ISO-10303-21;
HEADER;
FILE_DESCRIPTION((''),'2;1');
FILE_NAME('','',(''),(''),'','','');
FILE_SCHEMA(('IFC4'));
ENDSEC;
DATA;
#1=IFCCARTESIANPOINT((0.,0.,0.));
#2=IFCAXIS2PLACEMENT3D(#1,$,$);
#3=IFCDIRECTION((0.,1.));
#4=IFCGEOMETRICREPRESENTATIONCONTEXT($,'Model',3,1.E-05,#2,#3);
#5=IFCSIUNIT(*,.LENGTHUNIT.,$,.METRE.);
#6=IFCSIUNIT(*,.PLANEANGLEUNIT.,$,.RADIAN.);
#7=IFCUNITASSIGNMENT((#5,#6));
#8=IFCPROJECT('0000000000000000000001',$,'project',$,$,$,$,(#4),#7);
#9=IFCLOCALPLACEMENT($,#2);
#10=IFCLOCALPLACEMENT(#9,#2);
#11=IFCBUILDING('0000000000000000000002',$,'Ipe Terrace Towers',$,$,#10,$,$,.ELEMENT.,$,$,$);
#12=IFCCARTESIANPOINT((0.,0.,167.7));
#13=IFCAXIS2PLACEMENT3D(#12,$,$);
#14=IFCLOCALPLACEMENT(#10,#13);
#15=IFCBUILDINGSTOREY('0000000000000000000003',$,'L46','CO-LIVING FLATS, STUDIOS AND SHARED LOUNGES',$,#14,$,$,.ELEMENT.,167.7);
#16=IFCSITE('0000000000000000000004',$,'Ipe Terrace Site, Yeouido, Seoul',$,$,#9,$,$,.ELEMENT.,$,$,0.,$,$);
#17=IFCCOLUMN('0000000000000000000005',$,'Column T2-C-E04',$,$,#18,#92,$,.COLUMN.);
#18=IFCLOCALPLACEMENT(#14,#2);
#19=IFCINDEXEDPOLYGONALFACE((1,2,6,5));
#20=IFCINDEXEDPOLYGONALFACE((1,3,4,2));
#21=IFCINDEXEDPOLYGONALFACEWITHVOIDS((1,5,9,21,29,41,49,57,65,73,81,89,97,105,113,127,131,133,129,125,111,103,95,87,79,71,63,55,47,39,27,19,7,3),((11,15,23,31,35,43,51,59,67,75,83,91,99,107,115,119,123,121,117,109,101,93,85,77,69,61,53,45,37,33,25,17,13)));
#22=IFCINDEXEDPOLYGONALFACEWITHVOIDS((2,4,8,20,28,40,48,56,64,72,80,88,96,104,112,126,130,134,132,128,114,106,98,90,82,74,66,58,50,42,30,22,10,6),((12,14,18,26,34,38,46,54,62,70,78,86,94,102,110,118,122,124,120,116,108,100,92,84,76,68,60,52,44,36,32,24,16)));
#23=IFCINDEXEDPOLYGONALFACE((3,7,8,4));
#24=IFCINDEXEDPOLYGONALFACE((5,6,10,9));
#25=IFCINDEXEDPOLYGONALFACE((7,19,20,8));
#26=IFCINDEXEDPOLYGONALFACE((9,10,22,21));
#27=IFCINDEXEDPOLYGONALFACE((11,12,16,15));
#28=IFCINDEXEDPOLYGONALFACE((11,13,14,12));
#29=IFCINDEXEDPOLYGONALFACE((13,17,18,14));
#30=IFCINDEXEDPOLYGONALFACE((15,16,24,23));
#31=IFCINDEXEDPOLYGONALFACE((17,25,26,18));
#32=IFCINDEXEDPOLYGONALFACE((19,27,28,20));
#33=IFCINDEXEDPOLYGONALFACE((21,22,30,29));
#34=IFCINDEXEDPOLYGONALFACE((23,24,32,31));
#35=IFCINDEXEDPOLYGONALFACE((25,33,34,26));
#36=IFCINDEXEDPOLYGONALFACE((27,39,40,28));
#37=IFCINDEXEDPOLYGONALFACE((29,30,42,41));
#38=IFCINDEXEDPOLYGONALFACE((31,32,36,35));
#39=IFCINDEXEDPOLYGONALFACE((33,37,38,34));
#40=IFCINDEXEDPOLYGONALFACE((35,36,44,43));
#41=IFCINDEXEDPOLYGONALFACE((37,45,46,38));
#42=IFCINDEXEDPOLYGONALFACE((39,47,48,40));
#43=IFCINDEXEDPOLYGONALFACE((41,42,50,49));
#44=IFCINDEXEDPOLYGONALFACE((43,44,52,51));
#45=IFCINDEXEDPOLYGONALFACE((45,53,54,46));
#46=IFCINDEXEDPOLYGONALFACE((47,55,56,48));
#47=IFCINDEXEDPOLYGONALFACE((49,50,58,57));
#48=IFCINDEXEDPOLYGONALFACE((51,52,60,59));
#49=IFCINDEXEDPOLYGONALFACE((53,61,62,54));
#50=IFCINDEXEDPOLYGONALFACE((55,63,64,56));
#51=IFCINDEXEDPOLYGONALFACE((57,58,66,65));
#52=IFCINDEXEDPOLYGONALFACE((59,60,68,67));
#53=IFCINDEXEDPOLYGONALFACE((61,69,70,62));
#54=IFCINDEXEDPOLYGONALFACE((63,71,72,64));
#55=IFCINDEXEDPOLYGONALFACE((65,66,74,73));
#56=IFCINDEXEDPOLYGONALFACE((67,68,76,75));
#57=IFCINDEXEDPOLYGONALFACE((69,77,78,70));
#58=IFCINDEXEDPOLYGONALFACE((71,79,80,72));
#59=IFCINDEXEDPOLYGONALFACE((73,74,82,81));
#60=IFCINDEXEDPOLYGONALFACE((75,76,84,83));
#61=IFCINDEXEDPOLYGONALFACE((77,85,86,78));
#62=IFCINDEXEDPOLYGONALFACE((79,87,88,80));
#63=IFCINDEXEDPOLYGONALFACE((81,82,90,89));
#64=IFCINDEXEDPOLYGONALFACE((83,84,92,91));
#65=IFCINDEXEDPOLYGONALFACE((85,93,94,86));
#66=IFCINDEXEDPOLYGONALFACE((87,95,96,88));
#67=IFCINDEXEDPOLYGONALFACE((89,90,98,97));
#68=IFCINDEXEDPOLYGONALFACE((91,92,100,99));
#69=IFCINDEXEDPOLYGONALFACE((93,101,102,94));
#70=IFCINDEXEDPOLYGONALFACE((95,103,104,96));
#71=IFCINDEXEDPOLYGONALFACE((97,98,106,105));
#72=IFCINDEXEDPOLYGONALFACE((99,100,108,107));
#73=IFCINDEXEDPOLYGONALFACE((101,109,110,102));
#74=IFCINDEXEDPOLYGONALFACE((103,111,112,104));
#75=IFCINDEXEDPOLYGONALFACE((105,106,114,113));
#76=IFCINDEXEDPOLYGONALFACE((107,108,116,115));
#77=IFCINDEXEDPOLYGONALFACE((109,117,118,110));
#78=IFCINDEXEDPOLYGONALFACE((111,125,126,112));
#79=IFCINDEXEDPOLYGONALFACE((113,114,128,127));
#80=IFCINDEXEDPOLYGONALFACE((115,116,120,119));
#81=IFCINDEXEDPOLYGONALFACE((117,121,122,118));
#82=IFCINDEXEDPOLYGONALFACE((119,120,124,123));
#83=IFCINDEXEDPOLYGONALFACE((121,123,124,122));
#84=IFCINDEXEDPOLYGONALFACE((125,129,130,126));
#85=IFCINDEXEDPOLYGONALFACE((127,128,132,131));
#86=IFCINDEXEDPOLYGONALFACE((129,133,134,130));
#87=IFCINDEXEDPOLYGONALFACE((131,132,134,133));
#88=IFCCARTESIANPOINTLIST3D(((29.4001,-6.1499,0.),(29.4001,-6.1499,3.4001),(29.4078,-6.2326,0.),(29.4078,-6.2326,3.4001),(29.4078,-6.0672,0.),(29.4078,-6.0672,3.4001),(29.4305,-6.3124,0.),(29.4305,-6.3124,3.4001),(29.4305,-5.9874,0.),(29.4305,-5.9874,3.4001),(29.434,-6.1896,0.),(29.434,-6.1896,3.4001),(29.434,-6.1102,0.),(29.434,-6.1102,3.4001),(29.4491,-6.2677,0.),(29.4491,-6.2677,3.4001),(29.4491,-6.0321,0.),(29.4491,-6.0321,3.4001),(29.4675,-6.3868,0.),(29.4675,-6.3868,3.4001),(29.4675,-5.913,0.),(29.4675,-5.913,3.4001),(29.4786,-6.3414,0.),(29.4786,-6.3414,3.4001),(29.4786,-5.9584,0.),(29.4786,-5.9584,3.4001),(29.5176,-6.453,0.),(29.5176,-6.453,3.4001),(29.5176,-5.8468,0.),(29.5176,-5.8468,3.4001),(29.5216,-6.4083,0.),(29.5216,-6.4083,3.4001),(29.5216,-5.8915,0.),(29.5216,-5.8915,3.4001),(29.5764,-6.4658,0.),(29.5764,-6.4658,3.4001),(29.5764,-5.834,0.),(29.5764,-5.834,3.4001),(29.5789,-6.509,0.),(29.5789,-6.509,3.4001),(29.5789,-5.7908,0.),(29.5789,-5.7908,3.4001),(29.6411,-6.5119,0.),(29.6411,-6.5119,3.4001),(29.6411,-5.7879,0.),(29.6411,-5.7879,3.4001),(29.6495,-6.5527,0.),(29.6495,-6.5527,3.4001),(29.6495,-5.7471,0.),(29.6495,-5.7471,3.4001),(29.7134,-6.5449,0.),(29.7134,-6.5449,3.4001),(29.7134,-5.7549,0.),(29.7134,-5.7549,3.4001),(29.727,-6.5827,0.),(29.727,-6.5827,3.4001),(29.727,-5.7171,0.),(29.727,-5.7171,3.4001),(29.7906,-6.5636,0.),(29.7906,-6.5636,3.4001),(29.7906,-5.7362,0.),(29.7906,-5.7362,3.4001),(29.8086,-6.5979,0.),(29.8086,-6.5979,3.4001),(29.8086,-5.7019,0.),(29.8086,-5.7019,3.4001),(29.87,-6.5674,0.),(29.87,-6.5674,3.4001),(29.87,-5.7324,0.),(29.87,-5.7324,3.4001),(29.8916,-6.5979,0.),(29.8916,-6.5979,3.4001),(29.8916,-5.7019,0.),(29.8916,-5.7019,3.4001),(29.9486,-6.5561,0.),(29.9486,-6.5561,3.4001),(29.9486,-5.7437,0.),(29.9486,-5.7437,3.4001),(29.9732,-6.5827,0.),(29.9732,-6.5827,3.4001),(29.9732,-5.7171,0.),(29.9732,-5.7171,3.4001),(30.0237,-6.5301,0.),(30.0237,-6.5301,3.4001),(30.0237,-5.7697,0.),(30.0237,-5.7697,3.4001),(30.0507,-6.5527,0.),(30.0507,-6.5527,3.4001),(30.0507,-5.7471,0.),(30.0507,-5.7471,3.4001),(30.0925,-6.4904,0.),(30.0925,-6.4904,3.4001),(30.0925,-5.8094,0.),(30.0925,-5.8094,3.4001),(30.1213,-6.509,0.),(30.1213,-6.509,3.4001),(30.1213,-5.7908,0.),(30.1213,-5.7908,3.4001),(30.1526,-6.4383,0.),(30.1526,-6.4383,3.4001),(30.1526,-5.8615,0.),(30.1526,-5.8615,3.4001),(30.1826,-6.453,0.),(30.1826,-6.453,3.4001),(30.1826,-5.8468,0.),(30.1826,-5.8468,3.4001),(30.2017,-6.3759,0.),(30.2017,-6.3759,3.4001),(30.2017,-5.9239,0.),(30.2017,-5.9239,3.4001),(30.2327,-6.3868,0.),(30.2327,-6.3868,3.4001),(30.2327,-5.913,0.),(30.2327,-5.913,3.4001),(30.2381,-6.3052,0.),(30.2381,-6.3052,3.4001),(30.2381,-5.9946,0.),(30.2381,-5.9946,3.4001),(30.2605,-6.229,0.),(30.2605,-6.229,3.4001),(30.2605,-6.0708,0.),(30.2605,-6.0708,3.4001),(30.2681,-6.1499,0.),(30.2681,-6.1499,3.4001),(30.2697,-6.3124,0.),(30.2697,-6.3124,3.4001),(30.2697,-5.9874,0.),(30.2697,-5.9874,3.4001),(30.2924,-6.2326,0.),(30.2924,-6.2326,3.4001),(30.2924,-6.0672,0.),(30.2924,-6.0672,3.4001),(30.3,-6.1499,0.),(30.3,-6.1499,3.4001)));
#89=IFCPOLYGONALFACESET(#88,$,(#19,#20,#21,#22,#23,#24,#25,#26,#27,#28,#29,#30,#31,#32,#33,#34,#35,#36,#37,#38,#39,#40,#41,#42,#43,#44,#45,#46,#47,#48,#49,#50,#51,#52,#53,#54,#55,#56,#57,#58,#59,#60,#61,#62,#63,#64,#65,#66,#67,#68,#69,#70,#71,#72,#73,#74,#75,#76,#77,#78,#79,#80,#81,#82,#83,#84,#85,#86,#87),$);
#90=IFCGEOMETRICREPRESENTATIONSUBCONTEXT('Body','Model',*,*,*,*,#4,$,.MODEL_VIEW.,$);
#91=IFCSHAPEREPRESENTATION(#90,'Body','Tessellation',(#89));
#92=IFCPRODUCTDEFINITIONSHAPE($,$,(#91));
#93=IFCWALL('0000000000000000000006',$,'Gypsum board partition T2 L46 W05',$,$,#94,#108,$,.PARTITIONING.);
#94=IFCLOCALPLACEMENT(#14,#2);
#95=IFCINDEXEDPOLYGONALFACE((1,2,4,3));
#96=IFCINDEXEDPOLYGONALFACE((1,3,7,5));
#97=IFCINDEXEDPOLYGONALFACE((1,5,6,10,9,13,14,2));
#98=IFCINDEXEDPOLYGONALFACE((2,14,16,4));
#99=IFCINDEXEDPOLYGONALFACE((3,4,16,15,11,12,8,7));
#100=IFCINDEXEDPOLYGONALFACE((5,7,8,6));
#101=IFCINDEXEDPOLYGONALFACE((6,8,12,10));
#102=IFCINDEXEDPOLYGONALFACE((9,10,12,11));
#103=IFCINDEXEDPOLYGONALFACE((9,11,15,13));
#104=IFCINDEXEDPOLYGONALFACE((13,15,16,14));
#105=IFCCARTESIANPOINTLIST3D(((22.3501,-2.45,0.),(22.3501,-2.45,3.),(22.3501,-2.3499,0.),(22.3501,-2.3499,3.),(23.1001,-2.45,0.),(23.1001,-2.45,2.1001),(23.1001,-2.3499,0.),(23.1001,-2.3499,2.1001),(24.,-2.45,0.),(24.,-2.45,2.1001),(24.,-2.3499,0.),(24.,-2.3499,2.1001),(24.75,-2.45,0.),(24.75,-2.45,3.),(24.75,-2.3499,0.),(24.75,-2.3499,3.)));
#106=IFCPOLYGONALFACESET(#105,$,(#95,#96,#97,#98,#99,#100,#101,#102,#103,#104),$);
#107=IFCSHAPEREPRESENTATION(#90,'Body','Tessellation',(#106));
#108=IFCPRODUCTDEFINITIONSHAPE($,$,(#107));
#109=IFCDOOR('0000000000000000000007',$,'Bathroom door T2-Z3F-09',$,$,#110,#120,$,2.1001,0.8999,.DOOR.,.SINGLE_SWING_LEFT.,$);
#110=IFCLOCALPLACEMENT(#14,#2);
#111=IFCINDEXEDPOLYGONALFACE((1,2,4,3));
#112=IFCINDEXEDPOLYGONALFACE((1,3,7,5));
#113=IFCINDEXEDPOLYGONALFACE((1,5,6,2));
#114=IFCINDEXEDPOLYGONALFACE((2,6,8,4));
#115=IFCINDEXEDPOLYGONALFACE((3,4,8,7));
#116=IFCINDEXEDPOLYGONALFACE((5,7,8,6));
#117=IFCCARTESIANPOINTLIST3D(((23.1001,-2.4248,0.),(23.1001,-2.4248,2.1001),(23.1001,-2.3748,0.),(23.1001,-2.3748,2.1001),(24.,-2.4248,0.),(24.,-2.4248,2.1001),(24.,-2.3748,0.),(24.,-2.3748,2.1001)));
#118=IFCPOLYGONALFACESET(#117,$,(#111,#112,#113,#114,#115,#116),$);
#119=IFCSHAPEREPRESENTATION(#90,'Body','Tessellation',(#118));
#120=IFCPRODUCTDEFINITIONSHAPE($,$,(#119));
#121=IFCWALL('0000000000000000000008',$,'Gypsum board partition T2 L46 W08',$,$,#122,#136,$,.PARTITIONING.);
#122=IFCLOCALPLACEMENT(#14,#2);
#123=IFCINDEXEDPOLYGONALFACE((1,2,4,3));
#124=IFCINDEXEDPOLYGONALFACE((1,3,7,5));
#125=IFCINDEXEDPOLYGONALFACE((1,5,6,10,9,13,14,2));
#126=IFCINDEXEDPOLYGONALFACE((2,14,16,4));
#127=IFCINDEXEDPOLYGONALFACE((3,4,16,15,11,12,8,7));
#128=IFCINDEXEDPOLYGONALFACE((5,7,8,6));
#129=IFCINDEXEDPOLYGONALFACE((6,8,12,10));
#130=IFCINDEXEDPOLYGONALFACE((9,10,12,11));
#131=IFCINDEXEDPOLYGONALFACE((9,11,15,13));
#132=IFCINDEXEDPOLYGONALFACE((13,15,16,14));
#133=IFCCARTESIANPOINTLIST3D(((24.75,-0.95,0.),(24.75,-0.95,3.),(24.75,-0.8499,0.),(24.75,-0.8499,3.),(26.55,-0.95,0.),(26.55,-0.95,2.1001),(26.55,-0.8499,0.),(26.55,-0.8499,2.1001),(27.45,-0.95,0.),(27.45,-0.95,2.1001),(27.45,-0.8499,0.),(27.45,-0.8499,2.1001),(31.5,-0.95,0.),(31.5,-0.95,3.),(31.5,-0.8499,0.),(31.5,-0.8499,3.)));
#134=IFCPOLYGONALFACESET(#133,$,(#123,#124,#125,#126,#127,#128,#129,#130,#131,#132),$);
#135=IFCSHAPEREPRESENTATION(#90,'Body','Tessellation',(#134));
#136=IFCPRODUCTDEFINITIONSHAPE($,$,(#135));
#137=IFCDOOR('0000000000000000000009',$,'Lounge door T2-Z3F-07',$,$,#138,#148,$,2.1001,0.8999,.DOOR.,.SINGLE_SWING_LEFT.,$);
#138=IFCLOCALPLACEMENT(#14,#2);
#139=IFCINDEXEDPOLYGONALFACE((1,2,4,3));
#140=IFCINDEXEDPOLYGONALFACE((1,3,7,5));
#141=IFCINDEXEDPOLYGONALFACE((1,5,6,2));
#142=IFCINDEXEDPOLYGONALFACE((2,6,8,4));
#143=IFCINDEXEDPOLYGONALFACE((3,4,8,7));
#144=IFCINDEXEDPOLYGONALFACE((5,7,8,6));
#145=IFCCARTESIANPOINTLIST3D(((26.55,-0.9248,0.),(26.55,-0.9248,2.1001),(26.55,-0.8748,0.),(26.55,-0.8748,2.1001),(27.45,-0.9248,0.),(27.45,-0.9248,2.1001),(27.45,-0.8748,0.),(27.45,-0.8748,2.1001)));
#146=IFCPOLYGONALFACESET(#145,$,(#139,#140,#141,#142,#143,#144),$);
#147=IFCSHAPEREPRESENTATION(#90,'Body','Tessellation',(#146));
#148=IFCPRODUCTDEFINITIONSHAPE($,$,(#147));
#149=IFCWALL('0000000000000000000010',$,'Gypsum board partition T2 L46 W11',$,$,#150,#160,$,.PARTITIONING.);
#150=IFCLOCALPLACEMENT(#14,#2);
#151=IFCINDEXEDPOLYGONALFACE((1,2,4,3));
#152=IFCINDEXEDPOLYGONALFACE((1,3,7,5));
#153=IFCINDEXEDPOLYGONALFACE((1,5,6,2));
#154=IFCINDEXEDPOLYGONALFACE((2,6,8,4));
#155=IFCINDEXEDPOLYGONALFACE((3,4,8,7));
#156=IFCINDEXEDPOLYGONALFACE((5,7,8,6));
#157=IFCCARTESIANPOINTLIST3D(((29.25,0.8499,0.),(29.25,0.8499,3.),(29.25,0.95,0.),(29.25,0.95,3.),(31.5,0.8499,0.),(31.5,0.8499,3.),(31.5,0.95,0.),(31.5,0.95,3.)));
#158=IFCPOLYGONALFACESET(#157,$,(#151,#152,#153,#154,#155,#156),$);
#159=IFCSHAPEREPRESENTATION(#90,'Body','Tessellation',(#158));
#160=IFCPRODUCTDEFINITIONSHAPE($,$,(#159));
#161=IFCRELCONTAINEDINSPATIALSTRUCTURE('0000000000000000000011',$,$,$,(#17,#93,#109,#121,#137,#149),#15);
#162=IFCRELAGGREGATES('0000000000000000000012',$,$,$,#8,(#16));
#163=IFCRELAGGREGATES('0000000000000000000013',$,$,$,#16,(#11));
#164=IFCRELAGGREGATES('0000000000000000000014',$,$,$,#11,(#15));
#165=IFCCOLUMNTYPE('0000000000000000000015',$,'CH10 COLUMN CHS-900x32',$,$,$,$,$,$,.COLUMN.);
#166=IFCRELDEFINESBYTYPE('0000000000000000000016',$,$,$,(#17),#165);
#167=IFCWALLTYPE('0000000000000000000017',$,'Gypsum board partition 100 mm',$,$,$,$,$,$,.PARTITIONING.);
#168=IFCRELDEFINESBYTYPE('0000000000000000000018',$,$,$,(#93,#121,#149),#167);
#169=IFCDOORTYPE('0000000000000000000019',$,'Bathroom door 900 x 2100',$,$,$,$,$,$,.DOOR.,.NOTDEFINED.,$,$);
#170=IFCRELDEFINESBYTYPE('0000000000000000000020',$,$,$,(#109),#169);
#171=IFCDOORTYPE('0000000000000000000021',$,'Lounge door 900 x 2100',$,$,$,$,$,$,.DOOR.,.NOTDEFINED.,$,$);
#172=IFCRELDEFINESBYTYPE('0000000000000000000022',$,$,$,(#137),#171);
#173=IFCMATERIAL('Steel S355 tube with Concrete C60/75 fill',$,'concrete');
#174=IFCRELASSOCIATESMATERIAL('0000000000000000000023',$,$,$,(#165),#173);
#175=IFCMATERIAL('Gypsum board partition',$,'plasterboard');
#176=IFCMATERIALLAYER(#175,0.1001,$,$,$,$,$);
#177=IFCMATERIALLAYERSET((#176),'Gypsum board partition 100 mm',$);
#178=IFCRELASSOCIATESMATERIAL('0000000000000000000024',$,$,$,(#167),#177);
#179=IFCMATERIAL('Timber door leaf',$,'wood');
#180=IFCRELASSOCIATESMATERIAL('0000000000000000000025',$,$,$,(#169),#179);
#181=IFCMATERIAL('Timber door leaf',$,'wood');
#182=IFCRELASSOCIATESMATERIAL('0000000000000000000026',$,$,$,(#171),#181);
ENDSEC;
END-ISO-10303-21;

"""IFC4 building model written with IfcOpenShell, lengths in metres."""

from ifc_helpers import new_model, si_unit, direction, frame, frame_2d, origin, origin_2d, place, context, subcontext, project, spatial, rectangle, hollow_circle, extrude, material, layer, layer_set, material_profile, profile_set, type_object, element, fill, save


model = new_model("IFC4")

# Units and contexts
model_context = context("Model", 3, precision=1e-05, world=origin(), true_north=direction((0.0, 1.0)))
body_context = subcontext(model_context, "Body", "Model", "MODEL_VIEW")
ifc_project = project(units=[si_unit("LENGTHUNIT", "METRE"), si_unit("PLANEANGLEUNIT", "RADIAN")], contexts=[model_context])

# Site, building, storey
site_placement = place(None, origin())
site = spatial("IfcSite", under=ifc_project, at=site_placement, Name="Ipe Terrace Site, Yeouido, Seoul", CompositionType="ELEMENT", RefElevation=0.0)
building_placement = place(site_placement, origin())
building = spatial("IfcBuilding", under=site, at=building_placement, Name="Ipe Terrace Towers", CompositionType="ELEMENT")
storey_placement = place(building_placement, frame((0.0, 0.0, 167.7)))
storey = spatial("IfcBuildingStorey", under=building, at=storey_placement, Name="L46", Description="CO-LIVING FLATS, STUDIOS AND SHARED LOUNGES", CompositionType="ELEMENT", Elevation=167.7)

# Column
ifc_material_1 = material(Name="Steel S355 tube with Concrete C60/75 fill", Category="concrete")
ifc_material_profile = material_profile(ifc_material_1, hollow_circle(Radius=0.45, WallThickness=0.032, at=origin_2d()), Name="CHS-900x32")
ifc_profile_set = profile_set([ifc_material_profile], Name="Steel S355 tube with Concrete C60/75 fill")
column_type = type_object("IfcColumnType", Name="CH10 COLUMN CHS-900x32", PredefinedType="COLUMN", material=ifc_profile_set)
column_placement = place(storey_placement, frame((29.8501, -6.1499, 0.0), z_axis=(0.0, 0.0, 1.0), x_axis=(1.0, 0.0, 0.0)))
element("IfcColumn", 1, at=column_placement, inside=storey, type_object=column_type, Name="Column T2-C-E04", PredefinedType="COLUMN", context=body_context, shape_type="SweptSolid", body=[
    extrude(hollow_circle(Radius=0.45, WallThickness=0.032, at=origin_2d()), origin(), (0.0, 0.0, 1.0), 3.4001),
])

# Walls, openings, doors
ifc_material_2 = material(Name="Gypsum board partition", Category="plasterboard")
ifc_layer_1 = layer(ifc_material_2, 0.1001)
ifc_layer_set_1 = layer_set([ifc_layer_1], Name="Gypsum board partition 100 mm")
wall_type_1 = type_object("IfcWallType", Name="Gypsum board partition 100 mm", PredefinedType="PARTITIONING", material=ifc_layer_set_1)
wall_1_placement = place(storey_placement, frame((24.75, -2.3999, 0.0), z_axis=(0.0, 0.0, 1.0), x_axis=(-1.0, 0.0, 0.0)))
wall_1 = element("IfcWall", 2, at=wall_1_placement, inside=storey, type_object=wall_type_1, Name="Gypsum board partition T2 L46 W05", PredefinedType="PARTITIONING", context=body_context, shape_type="SweptSolid", body=[
    extrude(rectangle(XDim=2.3999, YDim=0.1001, at=frame_2d((1.2, 0.0))), origin(), (0.0, 0.0, 1.0), 3.0),
])
opening_1_placement = place(wall_1_placement, frame((0.75, 0.0, 0.0)))
opening_1 = element("IfcOpeningElement", 3, at=opening_1_placement, cuts=wall_1, PredefinedType="OPENING", context=body_context, shape_type="SweptSolid", body=[
    extrude(rectangle(XDim=0.8999, YDim=2.1001, at=frame_2d((0.45, 1.05))), frame((0.0, 0.0601, 0.0), z_axis=(0.0, -1.0, 0.0), x_axis=(1.0, 0.0, 0.0)), (0.0, 0.0, 1.0), 0.1201),
])
ifc_material_3 = material(Name="Timber door leaf", Category="wood")
door_type_1 = type_object("IfcDoorType", Name="Bathroom door 900 x 2100", OperationType="NOTDEFINED", PredefinedType="DOOR", material=ifc_material_3)
door_1_placement = place(opening_1_placement, origin())
door_1 = element("IfcDoor", 4, at=door_1_placement, inside=storey, type_object=door_type_1, Name="Bathroom door T2-Z3F-09", OperationType="SINGLE_SWING_LEFT", OverallHeight=2.1001, OverallWidth=0.8999, PredefinedType="DOOR", context=body_context, shape_type="SweptSolid", body=[
    extrude(rectangle(XDim=0.8999, YDim=2.1001, at=frame_2d((0.45, 1.05))), frame((0.0, 0.0249, 0.0), z_axis=(0.0, -1.0, 0.0), x_axis=(1.0, 0.0, 0.0)), (0.0, 0.0, 1.0), 0.05),
])
fill(opening_1, door_1)
wall_2_placement = place(storey_placement, frame((31.5, -0.8999, 0.0), z_axis=(0.0, 0.0, 1.0), x_axis=(-1.0, 0.0, 0.0)))
wall_2 = element("IfcWall", 5, at=wall_2_placement, inside=storey, type_object=wall_type_1, Name="Gypsum board partition T2 L46 W08", PredefinedType="PARTITIONING", context=body_context, shape_type="SweptSolid", body=[
    extrude(rectangle(XDim=6.75, YDim=0.1001, at=frame_2d((3.375, 0.0))), origin(), (0.0, 0.0, 1.0), 3.0),
])
opening_2_placement = place(wall_2_placement, frame((4.05, 0.0, 0.0)))
opening_2 = element("IfcOpeningElement", 6, at=opening_2_placement, cuts=wall_2, PredefinedType="OPENING", context=body_context, shape_type="SweptSolid", body=[
    extrude(rectangle(XDim=0.8999, YDim=2.1001, at=frame_2d((0.45, 1.05))), frame((0.0, 0.0601, 0.0), z_axis=(0.0, -1.0, 0.0), x_axis=(1.0, 0.0, 0.0)), (0.0, 0.0, 1.0), 0.1201),
])
ifc_material_4 = material(Name="Timber door leaf", Category="wood")
door_type_2 = type_object("IfcDoorType", Name="Lounge door 900 x 2100", OperationType="NOTDEFINED", PredefinedType="DOOR", material=ifc_material_4)
door_2_placement = place(opening_2_placement, origin())
door_2 = element("IfcDoor", 7, at=door_2_placement, inside=storey, type_object=door_type_2, Name="Lounge door T2-Z3F-07", OperationType="SINGLE_SWING_LEFT", OverallHeight=2.1001, OverallWidth=0.8999, PredefinedType="DOOR", context=body_context, shape_type="SweptSolid", body=[
    extrude(rectangle(XDim=0.8999, YDim=2.1001, at=frame_2d((0.45, 1.05))), frame((0.0, 0.0249, 0.0), z_axis=(0.0, -1.0, 0.0), x_axis=(1.0, 0.0, 0.0)), (0.0, 0.0, 1.0), 0.05),
])
fill(opening_2, door_2)

# Wall
wall_3_placement = place(storey_placement, frame((31.5, 0.8999, 0.0), z_axis=(0.0, 0.0, 1.0), x_axis=(-1.0, 0.0, 0.0)))
element("IfcWall", 8, at=wall_3_placement, inside=storey, type_object=wall_type_1, Name="Gypsum board partition T2 L46 W11", PredefinedType="PARTITIONING", context=body_context, shape_type="SweptSolid", body=[
    extrude(rectangle(XDim=2.25, YDim=0.1001, at=frame_2d((1.125, 0.0))), origin(), (0.0, 0.0, 1.0), 3.0),
])

save(model, "model.ifc")
